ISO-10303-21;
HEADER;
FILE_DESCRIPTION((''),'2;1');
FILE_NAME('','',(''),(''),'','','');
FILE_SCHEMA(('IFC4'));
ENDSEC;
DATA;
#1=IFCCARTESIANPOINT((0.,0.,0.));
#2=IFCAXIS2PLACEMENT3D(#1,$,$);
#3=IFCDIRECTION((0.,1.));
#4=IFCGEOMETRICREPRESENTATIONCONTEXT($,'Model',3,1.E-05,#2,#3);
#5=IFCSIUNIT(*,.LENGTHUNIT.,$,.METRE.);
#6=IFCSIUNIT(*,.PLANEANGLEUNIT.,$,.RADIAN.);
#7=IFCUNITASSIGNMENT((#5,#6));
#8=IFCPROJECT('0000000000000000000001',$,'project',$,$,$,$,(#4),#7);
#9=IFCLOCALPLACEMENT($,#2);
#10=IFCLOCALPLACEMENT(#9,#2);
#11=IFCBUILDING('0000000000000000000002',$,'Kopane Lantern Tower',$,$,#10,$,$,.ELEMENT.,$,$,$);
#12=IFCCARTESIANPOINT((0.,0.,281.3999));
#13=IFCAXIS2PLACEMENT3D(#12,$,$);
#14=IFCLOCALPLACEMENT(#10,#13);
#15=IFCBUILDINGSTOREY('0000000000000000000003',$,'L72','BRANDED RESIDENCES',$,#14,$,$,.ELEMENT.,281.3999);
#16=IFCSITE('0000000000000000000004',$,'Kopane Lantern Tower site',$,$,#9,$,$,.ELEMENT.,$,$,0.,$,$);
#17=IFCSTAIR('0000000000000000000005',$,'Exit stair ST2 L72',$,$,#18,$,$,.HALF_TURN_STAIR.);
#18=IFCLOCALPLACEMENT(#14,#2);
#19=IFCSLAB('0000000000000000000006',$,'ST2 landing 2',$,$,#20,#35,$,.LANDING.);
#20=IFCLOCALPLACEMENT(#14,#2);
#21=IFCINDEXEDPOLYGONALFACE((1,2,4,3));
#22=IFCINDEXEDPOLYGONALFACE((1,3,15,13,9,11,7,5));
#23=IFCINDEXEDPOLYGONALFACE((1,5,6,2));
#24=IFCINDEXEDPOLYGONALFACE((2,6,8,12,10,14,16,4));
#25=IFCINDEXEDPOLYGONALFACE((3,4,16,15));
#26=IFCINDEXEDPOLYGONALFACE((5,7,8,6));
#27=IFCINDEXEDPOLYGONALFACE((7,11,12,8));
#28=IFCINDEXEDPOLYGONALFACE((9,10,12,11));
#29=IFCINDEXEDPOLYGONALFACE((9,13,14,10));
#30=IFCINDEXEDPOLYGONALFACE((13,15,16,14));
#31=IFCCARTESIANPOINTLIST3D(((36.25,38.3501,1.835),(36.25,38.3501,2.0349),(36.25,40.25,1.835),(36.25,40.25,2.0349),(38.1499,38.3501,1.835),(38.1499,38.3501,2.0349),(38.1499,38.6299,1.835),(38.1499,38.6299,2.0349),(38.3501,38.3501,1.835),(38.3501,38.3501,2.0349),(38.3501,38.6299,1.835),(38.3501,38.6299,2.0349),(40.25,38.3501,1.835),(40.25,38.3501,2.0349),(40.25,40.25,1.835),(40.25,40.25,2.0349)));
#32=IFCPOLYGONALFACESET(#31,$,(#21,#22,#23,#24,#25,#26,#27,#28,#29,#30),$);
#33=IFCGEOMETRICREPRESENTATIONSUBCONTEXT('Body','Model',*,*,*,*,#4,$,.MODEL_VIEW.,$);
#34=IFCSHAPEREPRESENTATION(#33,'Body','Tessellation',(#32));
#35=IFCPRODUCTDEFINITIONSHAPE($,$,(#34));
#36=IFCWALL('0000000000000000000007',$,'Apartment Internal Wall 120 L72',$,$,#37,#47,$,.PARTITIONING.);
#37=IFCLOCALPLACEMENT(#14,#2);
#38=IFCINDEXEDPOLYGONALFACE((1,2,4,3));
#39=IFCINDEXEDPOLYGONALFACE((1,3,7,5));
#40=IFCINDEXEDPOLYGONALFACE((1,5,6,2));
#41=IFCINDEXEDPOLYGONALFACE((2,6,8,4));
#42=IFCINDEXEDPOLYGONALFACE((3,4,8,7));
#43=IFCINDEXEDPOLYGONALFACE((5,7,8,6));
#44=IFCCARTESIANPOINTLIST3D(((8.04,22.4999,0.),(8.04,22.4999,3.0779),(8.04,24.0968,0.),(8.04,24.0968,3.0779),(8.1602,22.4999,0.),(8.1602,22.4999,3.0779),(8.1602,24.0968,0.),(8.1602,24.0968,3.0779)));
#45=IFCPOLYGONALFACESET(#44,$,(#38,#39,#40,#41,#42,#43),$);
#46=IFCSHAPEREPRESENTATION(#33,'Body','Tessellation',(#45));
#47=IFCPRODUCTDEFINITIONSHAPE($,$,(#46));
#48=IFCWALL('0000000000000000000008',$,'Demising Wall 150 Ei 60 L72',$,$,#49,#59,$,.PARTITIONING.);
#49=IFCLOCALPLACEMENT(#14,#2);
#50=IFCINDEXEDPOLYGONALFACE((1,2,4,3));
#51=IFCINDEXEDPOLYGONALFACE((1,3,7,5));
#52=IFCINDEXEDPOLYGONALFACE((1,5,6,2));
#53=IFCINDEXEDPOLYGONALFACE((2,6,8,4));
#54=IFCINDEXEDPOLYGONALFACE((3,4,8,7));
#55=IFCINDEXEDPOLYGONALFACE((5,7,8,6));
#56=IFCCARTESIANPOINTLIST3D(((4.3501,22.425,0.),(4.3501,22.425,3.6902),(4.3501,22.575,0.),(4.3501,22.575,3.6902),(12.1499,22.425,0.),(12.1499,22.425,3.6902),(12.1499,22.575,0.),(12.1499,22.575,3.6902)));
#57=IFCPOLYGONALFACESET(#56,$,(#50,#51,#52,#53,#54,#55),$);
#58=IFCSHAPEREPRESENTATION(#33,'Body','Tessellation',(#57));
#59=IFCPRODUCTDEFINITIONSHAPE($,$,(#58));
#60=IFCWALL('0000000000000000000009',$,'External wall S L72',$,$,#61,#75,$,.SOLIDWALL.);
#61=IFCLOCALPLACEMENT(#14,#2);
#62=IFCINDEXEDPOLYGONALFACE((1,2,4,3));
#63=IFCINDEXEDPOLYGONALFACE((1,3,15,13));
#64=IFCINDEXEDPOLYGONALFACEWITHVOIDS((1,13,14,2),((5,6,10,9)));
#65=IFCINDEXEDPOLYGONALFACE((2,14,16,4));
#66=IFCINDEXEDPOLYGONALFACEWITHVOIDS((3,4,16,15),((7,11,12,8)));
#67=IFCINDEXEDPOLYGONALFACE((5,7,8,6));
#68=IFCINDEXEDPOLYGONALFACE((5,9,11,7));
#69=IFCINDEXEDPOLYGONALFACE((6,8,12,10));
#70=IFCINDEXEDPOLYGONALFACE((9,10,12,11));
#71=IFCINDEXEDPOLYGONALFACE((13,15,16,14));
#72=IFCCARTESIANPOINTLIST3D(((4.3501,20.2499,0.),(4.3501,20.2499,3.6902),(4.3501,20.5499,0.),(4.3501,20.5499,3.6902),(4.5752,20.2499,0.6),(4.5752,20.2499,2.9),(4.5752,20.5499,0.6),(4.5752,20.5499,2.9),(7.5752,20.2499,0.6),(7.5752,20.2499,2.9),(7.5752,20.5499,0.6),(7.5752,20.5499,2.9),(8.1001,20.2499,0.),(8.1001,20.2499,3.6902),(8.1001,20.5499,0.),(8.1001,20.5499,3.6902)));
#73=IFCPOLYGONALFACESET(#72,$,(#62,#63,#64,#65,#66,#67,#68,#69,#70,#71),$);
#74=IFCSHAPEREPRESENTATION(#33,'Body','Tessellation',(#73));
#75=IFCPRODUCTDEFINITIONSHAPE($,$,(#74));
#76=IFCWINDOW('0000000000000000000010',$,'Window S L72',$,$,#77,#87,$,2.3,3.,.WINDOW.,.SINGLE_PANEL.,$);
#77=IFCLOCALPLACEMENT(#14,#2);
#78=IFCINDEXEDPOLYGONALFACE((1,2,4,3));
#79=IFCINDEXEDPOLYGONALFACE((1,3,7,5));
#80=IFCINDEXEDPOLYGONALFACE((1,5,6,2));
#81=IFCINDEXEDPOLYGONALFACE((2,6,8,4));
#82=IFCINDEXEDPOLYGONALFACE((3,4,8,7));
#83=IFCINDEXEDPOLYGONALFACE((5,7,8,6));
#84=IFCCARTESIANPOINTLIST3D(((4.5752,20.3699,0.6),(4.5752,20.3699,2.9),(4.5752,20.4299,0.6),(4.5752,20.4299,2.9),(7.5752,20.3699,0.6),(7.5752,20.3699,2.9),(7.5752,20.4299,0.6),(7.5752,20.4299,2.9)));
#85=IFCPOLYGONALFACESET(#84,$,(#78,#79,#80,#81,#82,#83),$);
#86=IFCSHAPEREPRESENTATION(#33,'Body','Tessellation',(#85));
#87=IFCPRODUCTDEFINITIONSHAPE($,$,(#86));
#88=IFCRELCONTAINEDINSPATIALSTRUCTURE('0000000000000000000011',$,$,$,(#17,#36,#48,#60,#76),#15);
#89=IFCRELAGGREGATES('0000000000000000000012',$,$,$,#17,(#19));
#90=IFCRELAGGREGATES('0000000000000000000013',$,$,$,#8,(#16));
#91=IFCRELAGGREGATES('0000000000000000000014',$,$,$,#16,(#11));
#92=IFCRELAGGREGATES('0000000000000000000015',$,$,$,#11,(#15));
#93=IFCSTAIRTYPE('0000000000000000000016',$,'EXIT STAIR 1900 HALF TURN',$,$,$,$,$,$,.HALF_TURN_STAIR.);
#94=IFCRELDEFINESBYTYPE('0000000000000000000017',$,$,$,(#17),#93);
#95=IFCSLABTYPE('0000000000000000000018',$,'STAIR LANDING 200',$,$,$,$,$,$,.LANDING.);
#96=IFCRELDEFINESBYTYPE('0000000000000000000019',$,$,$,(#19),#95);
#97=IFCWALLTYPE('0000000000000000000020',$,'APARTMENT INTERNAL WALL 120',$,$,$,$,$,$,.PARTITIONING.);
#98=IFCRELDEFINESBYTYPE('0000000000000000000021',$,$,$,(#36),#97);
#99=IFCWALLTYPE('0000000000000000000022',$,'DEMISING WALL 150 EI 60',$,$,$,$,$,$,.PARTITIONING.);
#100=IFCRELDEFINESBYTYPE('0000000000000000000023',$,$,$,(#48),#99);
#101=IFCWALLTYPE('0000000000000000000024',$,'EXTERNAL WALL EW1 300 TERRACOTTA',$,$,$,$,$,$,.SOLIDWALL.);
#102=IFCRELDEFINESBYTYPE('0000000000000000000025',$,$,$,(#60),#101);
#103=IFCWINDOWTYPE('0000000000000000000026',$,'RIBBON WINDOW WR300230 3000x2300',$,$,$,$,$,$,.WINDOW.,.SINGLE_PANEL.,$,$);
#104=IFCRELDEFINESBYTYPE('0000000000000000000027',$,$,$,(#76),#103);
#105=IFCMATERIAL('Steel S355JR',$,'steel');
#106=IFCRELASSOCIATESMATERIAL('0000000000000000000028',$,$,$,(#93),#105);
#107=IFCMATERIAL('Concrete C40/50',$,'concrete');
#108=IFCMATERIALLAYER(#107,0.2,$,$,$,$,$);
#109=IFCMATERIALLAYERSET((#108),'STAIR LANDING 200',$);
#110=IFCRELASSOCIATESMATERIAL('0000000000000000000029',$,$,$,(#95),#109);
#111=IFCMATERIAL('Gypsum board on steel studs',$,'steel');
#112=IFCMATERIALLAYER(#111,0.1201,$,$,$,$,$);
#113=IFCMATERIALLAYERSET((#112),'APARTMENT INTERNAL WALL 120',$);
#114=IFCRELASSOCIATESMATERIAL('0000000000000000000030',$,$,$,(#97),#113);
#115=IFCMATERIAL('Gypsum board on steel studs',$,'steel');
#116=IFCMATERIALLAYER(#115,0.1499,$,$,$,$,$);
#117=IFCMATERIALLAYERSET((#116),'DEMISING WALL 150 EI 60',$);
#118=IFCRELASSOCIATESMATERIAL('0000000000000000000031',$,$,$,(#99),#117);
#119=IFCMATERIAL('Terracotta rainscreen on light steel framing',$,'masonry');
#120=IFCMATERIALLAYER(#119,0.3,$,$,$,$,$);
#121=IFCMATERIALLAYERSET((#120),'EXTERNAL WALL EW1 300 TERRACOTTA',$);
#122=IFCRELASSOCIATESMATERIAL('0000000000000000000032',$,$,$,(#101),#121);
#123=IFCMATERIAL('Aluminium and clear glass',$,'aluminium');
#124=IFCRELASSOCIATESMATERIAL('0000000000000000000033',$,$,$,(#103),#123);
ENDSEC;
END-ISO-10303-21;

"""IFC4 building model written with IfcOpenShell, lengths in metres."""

from ifc_helpers import new_model, si_unit, direction, frame, frame_2d, origin, place, context, subcontext, project, spatial, polyline, rectangle, outline, extrude, material, layer, layer_set, type_object, element, fill, aggregate, save


model = new_model("IFC4")

# Units and contexts
model_context = context("Model", 3, precision=1e-05, world=origin(), true_north=direction((0.0, 1.0)))
body_context = subcontext(model_context, "Body", "Model", "MODEL_VIEW")
ifc_project = project(units=[si_unit("LENGTHUNIT", "METRE"), si_unit("PLANEANGLEUNIT", "RADIAN")], contexts=[model_context])

# Site, building, storey
site_placement = place(None, origin())
site = spatial("IfcSite", under=ifc_project, at=site_placement, Name="Kopane Lantern Tower site", CompositionType="ELEMENT", RefElevation=0.0)
building_placement = place(site_placement, origin())
building = spatial("IfcBuilding", under=site, at=building_placement, Name="Kopane Lantern Tower", CompositionType="ELEMENT")
storey_placement = place(building_placement, frame((0.0, 0.0, 281.3999)))
storey = spatial("IfcBuildingStorey", under=building, at=storey_placement, Name="L72", Description="BRANDED RESIDENCES", CompositionType="ELEMENT", Elevation=281.3999)

# Stair, slab
ifc_material_1 = material(Name="Steel S355JR", Category="steel")
stair_type = type_object("IfcStairType", Name="EXIT STAIR 1900 HALF TURN", PredefinedType="HALF_TURN_STAIR", material=ifc_material_1)
ifc_material_2 = material(Name="Concrete C40/50", Category="concrete")
ifc_layer_1 = layer(ifc_material_2, 0.2)
ifc_layer_set_1 = layer_set([ifc_layer_1], Name="STAIR LANDING 200")
slab_type_1 = type_object("IfcSlabType", Name="STAIR LANDING 200", PredefinedType="LANDING", material=ifc_layer_set_1)
stair_1_placement = place(storey_placement, origin())
stair_1 = element("IfcStair", 1, at=stair_1_placement, inside=storey, type_object=stair_type, Name="Exit stair ST2 L72", PredefinedType="HALF_TURN_STAIR")
slab_1_placement = place(storey_placement, frame((0.0, 0.0, 1.835)))
slab_1 = element("IfcSlab", 2, at=slab_1_placement, type_object=slab_type_1, Name="ST2 landing 2", PredefinedType="LANDING", context=body_context, shape_type="SweptSolid", body=[
    extrude(outline(polyline([(38.1499, 38.6299), (38.3501, 38.6299), (38.3501, 38.3501), (40.25, 38.3501), (40.25, 40.25), (36.25, 40.25), (36.25, 38.3501), (38.1499, 38.3501), (38.1499, 38.6299)])), origin(), (0.0, 0.0, 1.0), 0.2),
])
aggregate(stair_1, [slab_1])

# Walls
ifc_material_3 = material(Name="Gypsum board on steel studs", Category="steel")
ifc_layer_2 = layer(ifc_material_3, 0.1201)
ifc_layer_set_2 = layer_set([ifc_layer_2], Name="APARTMENT INTERNAL WALL 120")
wall_type_1 = type_object("IfcWallType", Name="APARTMENT INTERNAL WALL 120", PredefinedType="PARTITIONING", material=ifc_layer_set_2)
wall_1_placement = place(storey_placement, frame((8.1001, 22.5, 0.0), z_axis=(0.0, 0.0, 1.0), x_axis=(0.0, 1.0, 0.0)))
element("IfcWall", 3, at=wall_1_placement, inside=storey, type_object=wall_type_1, Name="Apartment Internal Wall 120 L72", PredefinedType="PARTITIONING", context=body_context, shape_type="SweptSolid", body=[
    extrude(rectangle(XDim=1.5969, YDim=0.1201, at=frame_2d((0.7983, 0.0))), origin(), (0.0, 0.0, 1.0), 3.0779),
])
ifc_material_4 = material(Name="Gypsum board on steel studs", Category="steel")
ifc_layer_3 = layer(ifc_material_4, 0.1499)
ifc_layer_set_3 = layer_set([ifc_layer_3], Name="DEMISING WALL 150 EI 60")
wall_type_2 = type_object("IfcWallType", Name="DEMISING WALL 150 EI 60", PredefinedType="PARTITIONING", material=ifc_layer_set_3)
wall_2_placement = place(storey_placement, frame((4.3501, 22.5, 0.0), z_axis=(0.0, 0.0, 1.0), x_axis=(1.0, 0.0, 0.0)))
element("IfcWall", 4, at=wall_2_placement, inside=storey, type_object=wall_type_2, Name="Demising Wall 150 Ei 60 L72", PredefinedType="PARTITIONING", context=body_context, shape_type="SweptSolid", body=[
    extrude(rectangle(XDim=7.7998, YDim=0.1499, at=frame_2d((3.8999, 0.0))), origin(), (0.0, 0.0, 1.0), 3.6902),
])

# Wall, opening, window
ifc_material_5 = material(Name="Terracotta rainscreen on light steel framing", Category="masonry")
ifc_layer_4 = layer(ifc_material_5, 0.3)
ifc_layer_set_4 = layer_set([ifc_layer_4], Name="EXTERNAL WALL EW1 300 TERRACOTTA")
wall_type_3 = type_object("IfcWallType", Name="EXTERNAL WALL EW1 300 TERRACOTTA", PredefinedType="SOLIDWALL", material=ifc_layer_set_4)
wall_3_placement = place(storey_placement, frame((4.3501, 20.3999, 0.0), z_axis=(0.0, 0.0, 1.0), x_axis=(1.0, 0.0, 0.0)))
wall_3 = element("IfcWall", 5, at=wall_3_placement, inside=storey, type_object=wall_type_3, Name="External wall S L72", PredefinedType="SOLIDWALL", context=body_context, shape_type="SweptSolid", body=[
    extrude(rectangle(XDim=3.75, YDim=0.3, at=frame_2d((1.875, 0.0))), origin(), (0.0, 0.0, 1.0), 3.6902),
])
opening_placement = place(wall_3_placement, frame((0.2251, 0.0, 0.6001)))
opening = element("IfcOpeningElement", 6, at=opening_placement, cuts=wall_3, PredefinedType="OPENING", context=body_context, shape_type="SweptSolid", body=[
    extrude(rectangle(XDim=3.0, YDim=2.3, at=frame_2d((1.5, 1.1499))), frame((0.0, 0.1599, 0.0), z_axis=(0.0, -1.0, 0.0), x_axis=(1.0, 0.0, 0.0)), (0.0, 0.0, 1.0), 0.3201),
])
ifc_material_6 = material(Name="Aluminium and clear glass", Category="aluminium")
window_type = type_object("IfcWindowType", Name="RIBBON WINDOW WR300230 3000x2300", PartitioningType="SINGLE_PANEL", PredefinedType="WINDOW", material=ifc_material_6)
window_placement = place(opening_placement, origin())
window = element("IfcWindow", 7, at=window_placement, inside=storey, type_object=window_type, Name="Window S L72", OverallHeight=2.3, OverallWidth=3.0, PartitioningType="SINGLE_PANEL", PredefinedType="WINDOW", context=body_context, shape_type="SweptSolid", body=[
    extrude(rectangle(XDim=3.0, YDim=2.3, at=frame_2d((1.5, 1.1499))), frame((0.0, 0.03, 0.0), z_axis=(0.0, -1.0, 0.0), x_axis=(1.0, 0.0, 0.0)), (0.0, 0.0, 1.0), 0.0601),
])
fill(opening, window)

save(model, "model.ifc")
